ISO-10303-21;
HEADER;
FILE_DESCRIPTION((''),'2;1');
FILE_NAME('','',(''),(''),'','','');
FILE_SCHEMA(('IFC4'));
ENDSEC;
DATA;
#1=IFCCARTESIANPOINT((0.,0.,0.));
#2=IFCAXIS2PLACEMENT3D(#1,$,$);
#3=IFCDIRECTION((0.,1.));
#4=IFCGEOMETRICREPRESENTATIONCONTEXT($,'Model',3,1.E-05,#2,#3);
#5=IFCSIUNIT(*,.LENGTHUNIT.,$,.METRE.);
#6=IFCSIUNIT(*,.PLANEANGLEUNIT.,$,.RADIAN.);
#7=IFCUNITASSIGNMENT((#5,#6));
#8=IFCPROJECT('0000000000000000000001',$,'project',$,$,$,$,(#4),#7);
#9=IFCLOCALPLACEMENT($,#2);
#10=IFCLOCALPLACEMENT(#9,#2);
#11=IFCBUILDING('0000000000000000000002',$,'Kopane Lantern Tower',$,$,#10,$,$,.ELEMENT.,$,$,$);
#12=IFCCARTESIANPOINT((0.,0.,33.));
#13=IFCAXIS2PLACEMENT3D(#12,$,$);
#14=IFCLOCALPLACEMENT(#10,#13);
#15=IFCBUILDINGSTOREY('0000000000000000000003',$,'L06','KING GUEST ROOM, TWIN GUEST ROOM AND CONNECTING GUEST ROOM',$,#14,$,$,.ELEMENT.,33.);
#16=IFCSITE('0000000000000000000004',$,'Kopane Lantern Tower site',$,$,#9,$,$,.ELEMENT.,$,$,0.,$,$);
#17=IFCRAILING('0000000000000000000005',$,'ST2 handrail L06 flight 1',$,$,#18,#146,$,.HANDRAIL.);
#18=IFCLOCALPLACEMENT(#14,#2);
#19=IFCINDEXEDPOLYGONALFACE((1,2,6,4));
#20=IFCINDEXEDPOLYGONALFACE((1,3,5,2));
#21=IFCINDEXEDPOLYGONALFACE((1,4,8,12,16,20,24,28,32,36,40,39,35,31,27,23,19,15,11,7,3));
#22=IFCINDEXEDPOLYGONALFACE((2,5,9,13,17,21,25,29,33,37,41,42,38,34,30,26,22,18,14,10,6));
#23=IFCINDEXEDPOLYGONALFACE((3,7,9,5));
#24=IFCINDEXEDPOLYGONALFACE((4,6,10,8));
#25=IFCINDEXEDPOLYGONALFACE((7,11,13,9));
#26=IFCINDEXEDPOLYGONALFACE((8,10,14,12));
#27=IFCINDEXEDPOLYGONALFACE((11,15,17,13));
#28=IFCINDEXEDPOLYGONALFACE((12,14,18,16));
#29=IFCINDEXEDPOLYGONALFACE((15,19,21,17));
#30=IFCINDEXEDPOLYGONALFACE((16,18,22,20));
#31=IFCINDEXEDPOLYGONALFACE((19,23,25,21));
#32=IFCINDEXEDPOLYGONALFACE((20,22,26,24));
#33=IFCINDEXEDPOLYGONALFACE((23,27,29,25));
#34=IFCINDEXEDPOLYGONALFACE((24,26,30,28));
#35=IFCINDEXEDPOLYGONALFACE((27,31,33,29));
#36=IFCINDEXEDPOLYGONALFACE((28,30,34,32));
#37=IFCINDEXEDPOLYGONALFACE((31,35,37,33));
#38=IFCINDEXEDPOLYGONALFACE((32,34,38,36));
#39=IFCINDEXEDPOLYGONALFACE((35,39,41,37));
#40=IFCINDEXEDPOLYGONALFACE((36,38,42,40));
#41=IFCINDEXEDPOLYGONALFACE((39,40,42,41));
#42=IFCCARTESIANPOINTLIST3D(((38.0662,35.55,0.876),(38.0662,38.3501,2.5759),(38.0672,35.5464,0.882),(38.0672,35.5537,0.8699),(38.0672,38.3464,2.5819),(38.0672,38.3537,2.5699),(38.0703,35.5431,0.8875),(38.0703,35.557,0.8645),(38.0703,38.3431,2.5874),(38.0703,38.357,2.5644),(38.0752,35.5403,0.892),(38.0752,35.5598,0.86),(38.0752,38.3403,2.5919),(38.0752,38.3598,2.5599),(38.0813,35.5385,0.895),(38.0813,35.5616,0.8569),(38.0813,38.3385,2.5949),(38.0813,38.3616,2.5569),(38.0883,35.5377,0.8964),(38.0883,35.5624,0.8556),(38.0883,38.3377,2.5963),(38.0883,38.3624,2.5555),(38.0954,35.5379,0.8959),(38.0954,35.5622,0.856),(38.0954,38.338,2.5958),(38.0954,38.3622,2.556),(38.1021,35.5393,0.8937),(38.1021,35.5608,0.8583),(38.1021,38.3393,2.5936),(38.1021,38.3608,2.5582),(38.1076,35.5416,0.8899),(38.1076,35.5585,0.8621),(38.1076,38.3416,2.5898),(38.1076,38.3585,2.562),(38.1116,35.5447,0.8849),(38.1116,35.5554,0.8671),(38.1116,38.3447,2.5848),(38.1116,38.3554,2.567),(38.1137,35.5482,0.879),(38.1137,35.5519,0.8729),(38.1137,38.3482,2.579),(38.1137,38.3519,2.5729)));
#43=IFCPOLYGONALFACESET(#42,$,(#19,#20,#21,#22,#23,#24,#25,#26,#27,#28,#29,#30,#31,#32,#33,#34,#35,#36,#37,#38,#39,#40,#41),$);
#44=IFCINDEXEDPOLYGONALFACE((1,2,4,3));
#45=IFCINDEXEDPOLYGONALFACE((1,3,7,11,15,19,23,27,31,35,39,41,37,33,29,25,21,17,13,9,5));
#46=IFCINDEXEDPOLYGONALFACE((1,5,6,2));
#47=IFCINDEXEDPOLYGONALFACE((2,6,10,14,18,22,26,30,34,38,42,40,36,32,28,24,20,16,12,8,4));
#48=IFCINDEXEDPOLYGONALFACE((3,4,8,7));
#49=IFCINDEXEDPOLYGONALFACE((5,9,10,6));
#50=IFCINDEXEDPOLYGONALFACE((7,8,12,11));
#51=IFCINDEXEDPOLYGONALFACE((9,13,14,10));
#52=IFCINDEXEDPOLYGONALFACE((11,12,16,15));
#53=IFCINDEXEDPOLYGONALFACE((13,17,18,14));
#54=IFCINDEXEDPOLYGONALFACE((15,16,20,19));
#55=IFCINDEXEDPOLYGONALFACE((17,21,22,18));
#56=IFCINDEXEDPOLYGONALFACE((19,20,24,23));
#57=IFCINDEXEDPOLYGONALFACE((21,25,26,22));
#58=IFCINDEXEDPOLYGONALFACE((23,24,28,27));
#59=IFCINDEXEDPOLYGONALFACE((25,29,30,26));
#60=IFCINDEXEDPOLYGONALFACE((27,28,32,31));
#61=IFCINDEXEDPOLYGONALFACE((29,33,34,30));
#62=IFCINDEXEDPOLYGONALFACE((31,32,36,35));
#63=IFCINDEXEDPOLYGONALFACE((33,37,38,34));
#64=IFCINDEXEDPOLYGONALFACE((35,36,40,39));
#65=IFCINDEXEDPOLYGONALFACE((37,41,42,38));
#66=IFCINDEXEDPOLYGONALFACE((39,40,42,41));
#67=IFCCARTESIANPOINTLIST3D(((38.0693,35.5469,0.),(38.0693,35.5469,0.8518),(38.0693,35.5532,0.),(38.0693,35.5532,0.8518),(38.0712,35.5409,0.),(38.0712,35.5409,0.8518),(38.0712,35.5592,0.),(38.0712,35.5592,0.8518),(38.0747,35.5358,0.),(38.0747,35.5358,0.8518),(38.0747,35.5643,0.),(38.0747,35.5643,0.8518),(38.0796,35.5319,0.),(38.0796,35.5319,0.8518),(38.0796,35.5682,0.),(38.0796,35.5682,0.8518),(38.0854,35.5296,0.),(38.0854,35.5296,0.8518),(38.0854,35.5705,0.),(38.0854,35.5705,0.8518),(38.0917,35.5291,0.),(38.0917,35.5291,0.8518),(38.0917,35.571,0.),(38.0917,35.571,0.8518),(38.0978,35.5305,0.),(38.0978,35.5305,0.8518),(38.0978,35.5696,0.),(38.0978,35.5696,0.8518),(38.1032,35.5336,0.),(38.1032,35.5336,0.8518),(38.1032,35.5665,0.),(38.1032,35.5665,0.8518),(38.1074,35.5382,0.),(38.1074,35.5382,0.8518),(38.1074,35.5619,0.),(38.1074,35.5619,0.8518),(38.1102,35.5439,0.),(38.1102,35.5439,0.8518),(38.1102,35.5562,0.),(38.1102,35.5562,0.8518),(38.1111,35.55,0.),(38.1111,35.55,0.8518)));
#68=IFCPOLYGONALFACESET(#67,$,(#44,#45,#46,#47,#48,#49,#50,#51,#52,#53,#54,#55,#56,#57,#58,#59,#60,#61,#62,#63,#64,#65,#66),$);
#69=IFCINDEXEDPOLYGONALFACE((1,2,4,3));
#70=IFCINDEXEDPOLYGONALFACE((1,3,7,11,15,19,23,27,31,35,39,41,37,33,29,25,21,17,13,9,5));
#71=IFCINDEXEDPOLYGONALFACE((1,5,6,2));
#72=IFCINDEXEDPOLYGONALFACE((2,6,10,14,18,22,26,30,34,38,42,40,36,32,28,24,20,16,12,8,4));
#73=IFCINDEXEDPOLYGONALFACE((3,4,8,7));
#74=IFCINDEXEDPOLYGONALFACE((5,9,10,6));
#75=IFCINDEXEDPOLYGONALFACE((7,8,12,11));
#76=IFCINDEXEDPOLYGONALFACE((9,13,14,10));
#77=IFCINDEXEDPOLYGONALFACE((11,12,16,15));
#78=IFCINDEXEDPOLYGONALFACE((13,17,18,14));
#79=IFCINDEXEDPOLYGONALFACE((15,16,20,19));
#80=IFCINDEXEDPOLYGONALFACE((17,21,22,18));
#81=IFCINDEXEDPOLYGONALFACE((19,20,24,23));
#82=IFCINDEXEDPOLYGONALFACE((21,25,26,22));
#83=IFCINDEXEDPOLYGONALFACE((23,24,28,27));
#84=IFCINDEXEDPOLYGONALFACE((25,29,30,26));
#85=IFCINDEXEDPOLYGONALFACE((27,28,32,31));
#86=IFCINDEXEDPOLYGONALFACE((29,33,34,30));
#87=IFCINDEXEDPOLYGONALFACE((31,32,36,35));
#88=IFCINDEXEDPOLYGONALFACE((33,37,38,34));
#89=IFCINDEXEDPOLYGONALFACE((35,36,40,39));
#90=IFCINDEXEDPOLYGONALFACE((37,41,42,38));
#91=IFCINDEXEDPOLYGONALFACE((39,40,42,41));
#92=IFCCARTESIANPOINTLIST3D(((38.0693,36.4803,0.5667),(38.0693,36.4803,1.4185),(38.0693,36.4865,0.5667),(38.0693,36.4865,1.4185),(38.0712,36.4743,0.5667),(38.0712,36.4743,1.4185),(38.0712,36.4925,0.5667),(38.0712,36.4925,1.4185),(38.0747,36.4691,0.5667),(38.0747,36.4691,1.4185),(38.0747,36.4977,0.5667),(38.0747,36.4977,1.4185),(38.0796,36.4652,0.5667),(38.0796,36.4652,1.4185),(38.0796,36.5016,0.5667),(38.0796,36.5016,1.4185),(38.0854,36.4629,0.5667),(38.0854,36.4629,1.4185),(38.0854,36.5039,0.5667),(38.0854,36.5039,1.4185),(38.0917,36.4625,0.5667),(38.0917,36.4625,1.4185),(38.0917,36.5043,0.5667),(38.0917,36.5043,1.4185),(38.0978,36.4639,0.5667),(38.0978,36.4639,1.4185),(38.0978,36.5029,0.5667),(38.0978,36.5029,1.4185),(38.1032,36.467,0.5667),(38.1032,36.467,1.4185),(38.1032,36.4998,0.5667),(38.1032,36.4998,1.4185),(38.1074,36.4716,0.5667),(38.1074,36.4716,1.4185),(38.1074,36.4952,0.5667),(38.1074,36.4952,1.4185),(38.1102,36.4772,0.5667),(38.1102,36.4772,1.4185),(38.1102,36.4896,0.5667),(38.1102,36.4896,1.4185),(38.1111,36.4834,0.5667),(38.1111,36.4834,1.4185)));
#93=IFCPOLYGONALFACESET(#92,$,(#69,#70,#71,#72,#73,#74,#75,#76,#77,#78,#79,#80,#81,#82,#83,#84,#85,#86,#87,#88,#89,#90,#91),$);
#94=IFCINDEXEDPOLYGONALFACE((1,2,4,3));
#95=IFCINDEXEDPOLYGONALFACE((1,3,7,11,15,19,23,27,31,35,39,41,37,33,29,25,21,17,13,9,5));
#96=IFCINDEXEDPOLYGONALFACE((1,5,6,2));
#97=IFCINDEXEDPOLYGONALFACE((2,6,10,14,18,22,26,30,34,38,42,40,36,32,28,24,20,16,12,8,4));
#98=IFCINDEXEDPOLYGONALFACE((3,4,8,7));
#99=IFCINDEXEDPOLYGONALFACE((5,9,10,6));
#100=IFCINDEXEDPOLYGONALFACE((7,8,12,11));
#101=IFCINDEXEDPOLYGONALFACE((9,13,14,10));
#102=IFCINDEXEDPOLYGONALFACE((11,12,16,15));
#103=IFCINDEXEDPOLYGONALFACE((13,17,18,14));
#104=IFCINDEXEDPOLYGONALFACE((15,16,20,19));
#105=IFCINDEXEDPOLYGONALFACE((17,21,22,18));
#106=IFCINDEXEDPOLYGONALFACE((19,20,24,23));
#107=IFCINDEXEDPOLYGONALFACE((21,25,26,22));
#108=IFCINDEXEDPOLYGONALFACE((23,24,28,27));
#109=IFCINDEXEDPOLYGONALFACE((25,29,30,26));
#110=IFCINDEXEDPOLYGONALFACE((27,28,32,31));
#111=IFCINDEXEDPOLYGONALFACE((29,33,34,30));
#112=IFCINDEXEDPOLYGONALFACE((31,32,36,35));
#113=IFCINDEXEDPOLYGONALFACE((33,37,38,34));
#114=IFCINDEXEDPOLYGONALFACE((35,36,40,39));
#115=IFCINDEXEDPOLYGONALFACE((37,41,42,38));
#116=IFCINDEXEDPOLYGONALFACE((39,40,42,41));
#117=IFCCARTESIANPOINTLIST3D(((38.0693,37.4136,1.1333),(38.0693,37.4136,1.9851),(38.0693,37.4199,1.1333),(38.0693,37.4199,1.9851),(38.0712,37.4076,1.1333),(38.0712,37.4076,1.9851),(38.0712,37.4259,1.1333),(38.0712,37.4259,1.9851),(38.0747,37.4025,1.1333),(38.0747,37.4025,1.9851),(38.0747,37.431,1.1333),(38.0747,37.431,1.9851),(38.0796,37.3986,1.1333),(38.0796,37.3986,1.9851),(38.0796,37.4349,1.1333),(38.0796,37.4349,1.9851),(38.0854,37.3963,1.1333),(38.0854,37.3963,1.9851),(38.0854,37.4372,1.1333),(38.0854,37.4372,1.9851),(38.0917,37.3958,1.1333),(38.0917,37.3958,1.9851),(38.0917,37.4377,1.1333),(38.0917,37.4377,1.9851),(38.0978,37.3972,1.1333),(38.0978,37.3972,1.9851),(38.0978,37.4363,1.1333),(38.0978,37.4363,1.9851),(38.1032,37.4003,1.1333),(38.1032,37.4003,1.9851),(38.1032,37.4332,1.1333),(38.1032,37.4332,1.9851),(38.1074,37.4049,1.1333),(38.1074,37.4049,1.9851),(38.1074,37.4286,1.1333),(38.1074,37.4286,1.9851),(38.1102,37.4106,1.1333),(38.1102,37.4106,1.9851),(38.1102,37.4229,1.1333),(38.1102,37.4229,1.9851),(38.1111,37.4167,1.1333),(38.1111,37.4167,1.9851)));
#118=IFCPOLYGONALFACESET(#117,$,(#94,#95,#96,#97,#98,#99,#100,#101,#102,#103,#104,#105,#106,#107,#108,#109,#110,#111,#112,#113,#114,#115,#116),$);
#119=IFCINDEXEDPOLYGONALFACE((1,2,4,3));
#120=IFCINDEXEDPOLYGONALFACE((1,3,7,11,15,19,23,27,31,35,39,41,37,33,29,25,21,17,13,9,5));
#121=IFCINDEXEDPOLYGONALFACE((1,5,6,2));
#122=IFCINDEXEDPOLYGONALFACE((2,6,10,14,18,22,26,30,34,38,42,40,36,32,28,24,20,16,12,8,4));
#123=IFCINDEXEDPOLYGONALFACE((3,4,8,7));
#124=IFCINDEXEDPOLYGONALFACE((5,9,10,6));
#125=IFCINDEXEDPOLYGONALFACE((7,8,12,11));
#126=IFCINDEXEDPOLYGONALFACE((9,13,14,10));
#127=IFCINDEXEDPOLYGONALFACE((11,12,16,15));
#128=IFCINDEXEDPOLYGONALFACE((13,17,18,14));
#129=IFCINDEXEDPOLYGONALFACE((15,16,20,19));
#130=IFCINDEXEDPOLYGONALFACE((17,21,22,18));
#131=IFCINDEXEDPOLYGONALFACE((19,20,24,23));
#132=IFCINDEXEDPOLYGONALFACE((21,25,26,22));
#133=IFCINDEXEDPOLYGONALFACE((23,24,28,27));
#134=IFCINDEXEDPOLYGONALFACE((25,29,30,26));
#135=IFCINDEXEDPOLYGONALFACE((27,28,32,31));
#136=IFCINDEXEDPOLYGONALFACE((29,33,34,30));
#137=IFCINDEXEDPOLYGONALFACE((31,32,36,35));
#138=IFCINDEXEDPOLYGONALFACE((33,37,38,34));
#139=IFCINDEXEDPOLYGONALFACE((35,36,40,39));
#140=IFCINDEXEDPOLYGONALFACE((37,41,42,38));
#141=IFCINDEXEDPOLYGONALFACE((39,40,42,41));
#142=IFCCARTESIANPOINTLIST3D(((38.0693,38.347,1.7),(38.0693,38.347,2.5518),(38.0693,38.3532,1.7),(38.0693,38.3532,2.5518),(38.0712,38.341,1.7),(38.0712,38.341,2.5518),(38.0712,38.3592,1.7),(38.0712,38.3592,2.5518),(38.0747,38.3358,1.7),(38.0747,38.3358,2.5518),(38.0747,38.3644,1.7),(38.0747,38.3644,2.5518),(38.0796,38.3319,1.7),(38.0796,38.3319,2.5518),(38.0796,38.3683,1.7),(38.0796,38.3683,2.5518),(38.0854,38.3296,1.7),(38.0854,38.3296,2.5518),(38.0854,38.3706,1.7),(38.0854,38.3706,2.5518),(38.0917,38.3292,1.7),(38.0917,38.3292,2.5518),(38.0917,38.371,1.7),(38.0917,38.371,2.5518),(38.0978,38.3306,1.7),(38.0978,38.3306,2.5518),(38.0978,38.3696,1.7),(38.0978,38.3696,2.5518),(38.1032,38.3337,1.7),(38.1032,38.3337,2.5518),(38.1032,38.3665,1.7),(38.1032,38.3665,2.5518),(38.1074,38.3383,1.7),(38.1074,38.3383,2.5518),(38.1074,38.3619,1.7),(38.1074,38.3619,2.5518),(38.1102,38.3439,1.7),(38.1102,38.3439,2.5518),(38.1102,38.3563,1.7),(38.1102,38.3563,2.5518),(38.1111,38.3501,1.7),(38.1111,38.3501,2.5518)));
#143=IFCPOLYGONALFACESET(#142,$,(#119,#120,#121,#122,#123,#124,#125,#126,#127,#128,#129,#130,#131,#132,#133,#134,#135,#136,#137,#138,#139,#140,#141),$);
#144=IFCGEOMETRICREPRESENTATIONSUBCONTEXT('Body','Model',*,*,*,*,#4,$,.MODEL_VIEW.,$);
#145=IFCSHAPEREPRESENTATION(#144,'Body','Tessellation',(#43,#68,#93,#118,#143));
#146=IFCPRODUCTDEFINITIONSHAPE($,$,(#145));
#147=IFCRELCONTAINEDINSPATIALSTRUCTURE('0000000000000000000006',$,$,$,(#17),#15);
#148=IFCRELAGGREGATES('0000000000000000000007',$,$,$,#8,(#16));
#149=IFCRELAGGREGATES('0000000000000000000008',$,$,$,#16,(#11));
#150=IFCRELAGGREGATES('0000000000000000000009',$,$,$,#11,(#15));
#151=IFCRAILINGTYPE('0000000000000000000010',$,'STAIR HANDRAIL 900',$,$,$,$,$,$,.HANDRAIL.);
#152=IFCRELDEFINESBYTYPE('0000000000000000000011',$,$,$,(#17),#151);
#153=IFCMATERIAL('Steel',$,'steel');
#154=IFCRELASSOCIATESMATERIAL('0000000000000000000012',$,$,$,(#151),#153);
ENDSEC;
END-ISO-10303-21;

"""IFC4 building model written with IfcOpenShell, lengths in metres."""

from ifc_helpers import new_model, si_unit, direction, frame, origin, origin_2d, place, context, subcontext, project, spatial, circle, extrude, material, type_object, element, save


model = new_model("IFC4")

# Units and contexts
model_context = context("Model", 3, precision=1e-05, world=origin(), true_north=direction((0.0, 1.0)))
body_context = subcontext(model_context, "Body", "Model", "MODEL_VIEW")
ifc_project = project(units=[si_unit("LENGTHUNIT", "METRE"), si_unit("PLANEANGLEUNIT", "RADIAN")], contexts=[model_context])

# Site, building, storey
site_placement = place(None, origin())
site = spatial("IfcSite", under=ifc_project, at=site_placement, Name="Kopane Lantern Tower site", CompositionType="ELEMENT", RefElevation=0.0)
building_placement = place(site_placement, origin())
building = spatial("IfcBuilding", under=site, at=building_placement, Name="Kopane Lantern Tower", CompositionType="ELEMENT")
storey_placement = place(building_placement, frame((0.0, 0.0, 33.0)))
storey = spatial("IfcBuildingStorey", under=building, at=storey_placement, Name="L06", Description="KING GUEST ROOM, TWIN GUEST ROOM AND CONNECTING GUEST ROOM", CompositionType="ELEMENT", Elevation=33.0)

# Railing
ifc_material_1 = material(Name="Steel", Category="steel")
railing_type_1 = type_object("IfcRailingType", Name="STAIR HANDRAIL 900", PredefinedType="HANDRAIL", material=ifc_material_1)
for number, where, name in (
    (1, (38.0901, 35.55, 0.0), "ST2 handrail L06 flight 1"),
):
    element("IfcRailing", number, at=place(storey_placement, frame(where)), inside=storey, type_object=railing_type_1, Name=name, PredefinedType="HANDRAIL", context=body_context, shape_type="SweptSolid", body=[
        extrude(circle(Radius=0.0239, at=origin_2d()), frame((0.0, 0.0, 0.876), z_axis=(0.0, 0.854798, 0.518961), x_axis=(-1.0, 0.0, 0.0)), (0.0, 0.0, 1.0), 3.2756),
        extrude(circle(Radius=0.021, at=origin_2d()), origin(), (0.0, 0.0, 1.0), 0.8518),
        extrude(circle(Radius=0.021, at=origin_2d()), frame((0.0, 0.9333, 0.5667)), (0.0, 0.0, 1.0), 0.8518),
        extrude(circle(Radius=0.021, at=origin_2d()), frame((0.0, 1.8667, 1.1333)), (0.0, 0.0, 1.0), 0.8518),
        extrude(circle(Radius=0.021, at=origin_2d()), frame((0.0, 2.8, 1.7)), (0.0, 0.0, 1.0), 0.8518),
    ])

save(model, "model.ifc")
